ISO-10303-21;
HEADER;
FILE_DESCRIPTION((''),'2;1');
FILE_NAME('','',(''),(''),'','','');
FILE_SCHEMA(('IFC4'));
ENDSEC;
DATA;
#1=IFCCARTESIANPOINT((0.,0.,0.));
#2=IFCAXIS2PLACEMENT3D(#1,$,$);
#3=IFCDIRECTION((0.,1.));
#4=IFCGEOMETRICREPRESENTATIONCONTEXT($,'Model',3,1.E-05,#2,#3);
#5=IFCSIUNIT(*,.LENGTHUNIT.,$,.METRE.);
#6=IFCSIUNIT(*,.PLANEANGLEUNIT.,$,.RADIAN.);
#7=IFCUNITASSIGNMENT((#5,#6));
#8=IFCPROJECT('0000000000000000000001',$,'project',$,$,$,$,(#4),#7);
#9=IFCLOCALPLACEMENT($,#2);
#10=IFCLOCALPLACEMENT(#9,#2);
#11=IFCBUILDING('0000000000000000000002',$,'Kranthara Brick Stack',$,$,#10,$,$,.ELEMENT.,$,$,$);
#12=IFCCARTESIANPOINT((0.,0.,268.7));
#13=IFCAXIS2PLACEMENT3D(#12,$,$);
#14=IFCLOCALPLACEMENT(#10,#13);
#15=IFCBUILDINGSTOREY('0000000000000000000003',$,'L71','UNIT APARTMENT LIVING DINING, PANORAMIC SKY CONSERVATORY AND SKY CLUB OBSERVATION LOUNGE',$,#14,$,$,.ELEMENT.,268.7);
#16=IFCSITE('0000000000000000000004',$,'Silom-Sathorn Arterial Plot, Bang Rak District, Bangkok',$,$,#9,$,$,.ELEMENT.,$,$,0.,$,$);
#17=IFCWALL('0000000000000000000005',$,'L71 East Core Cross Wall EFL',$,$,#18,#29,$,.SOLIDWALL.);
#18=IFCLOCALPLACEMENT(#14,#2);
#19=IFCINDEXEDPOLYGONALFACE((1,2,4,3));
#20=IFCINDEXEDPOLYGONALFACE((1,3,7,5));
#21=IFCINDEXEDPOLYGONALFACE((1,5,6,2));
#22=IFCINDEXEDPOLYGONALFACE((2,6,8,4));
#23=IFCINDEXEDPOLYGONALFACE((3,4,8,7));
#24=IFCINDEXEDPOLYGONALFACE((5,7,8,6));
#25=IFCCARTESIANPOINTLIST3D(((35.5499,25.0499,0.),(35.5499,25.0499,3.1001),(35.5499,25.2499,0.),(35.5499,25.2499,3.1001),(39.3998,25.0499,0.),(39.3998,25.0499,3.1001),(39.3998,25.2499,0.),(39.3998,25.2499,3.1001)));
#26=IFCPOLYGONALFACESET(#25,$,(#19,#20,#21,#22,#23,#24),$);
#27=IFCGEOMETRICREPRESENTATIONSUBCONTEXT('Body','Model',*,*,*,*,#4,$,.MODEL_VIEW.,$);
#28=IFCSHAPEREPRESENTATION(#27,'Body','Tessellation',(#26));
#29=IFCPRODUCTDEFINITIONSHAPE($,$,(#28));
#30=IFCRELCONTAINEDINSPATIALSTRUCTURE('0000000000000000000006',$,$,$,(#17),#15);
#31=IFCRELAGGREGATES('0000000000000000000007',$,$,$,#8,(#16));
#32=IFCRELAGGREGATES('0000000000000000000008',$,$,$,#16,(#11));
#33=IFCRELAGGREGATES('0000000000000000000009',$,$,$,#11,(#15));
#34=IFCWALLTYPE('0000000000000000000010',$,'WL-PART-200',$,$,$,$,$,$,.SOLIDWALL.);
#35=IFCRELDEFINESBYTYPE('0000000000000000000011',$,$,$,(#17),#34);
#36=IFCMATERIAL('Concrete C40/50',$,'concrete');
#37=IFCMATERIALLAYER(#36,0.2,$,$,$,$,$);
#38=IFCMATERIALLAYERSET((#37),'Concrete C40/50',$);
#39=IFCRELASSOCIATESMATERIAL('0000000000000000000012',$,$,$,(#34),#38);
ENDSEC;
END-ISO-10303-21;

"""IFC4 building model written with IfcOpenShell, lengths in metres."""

from ifc_helpers import new_model, si_unit, direction, frame, frame_2d, origin, place, context, subcontext, project, spatial, rectangle, extrude, material, layer, layer_set, type_object, element, save


model = new_model("IFC4")

# Units and contexts
model_context = context("Model", 3, precision=1e-05, world=origin(), true_north=direction((0.0, 1.0)))
body_context = subcontext(model_context, "Body", "Model", "MODEL_VIEW")
ifc_project = project(units=[si_unit("LENGTHUNIT", "METRE"), si_unit("PLANEANGLEUNIT", "RADIAN")], contexts=[model_context])

# Site, building, storey
site_placement = place(None, origin())
site = spatial("IfcSite", under=ifc_project, at=site_placement, Name="Silom-Sathorn Arterial Plot, Bang Rak District, Bangkok", CompositionType="ELEMENT", RefElevation=0.0)
building_placement = place(site_placement, origin())
building = spatial("IfcBuilding", under=site, at=building_placement, Name="Kranthara Brick Stack", CompositionType="ELEMENT")
storey_placement = place(building_placement, frame((0.0, 0.0, 268.7)))
storey = spatial("IfcBuildingStorey", under=building, at=storey_placement, Name="L71", Description="UNIT APARTMENT LIVING DINING, PANORAMIC SKY CONSERVATORY AND SKY CLUB OBSERVATION LOUNGE", CompositionType="ELEMENT", Elevation=268.7)

# Wall
ifc_material_1 = material(Name="Concrete C40/50", Category="concrete")
ifc_layer_1 = layer(ifc_material_1, 0.2)
ifc_layer_set_1 = layer_set([ifc_layer_1], Name="Concrete C40/50")
wall_type_1 = type_object("IfcWallType", Name="WL-PART-200", PredefinedType="SOLIDWALL", material=ifc_layer_set_1)
wall_1_placement = place(storey_placement, frame((35.55, 25.1499, 0.0), z_axis=(0.0, 0.0, 1.0), x_axis=(1.0, 0.0, 0.0)))
element("IfcWall", 1, at=wall_1_placement, inside=storey, type_object=wall_type_1, Name="L71 East Core Cross Wall EFL", PredefinedType="SOLIDWALL", context=body_context, shape_type="SweptSolid", body=[
    extrude(rectangle(XDim=3.8499, YDim=0.2, at=frame_2d((1.9248, 0.0))), origin(), (0.0, 0.0, 1.0), 3.1001),
])

save(model, "model.ifc")
